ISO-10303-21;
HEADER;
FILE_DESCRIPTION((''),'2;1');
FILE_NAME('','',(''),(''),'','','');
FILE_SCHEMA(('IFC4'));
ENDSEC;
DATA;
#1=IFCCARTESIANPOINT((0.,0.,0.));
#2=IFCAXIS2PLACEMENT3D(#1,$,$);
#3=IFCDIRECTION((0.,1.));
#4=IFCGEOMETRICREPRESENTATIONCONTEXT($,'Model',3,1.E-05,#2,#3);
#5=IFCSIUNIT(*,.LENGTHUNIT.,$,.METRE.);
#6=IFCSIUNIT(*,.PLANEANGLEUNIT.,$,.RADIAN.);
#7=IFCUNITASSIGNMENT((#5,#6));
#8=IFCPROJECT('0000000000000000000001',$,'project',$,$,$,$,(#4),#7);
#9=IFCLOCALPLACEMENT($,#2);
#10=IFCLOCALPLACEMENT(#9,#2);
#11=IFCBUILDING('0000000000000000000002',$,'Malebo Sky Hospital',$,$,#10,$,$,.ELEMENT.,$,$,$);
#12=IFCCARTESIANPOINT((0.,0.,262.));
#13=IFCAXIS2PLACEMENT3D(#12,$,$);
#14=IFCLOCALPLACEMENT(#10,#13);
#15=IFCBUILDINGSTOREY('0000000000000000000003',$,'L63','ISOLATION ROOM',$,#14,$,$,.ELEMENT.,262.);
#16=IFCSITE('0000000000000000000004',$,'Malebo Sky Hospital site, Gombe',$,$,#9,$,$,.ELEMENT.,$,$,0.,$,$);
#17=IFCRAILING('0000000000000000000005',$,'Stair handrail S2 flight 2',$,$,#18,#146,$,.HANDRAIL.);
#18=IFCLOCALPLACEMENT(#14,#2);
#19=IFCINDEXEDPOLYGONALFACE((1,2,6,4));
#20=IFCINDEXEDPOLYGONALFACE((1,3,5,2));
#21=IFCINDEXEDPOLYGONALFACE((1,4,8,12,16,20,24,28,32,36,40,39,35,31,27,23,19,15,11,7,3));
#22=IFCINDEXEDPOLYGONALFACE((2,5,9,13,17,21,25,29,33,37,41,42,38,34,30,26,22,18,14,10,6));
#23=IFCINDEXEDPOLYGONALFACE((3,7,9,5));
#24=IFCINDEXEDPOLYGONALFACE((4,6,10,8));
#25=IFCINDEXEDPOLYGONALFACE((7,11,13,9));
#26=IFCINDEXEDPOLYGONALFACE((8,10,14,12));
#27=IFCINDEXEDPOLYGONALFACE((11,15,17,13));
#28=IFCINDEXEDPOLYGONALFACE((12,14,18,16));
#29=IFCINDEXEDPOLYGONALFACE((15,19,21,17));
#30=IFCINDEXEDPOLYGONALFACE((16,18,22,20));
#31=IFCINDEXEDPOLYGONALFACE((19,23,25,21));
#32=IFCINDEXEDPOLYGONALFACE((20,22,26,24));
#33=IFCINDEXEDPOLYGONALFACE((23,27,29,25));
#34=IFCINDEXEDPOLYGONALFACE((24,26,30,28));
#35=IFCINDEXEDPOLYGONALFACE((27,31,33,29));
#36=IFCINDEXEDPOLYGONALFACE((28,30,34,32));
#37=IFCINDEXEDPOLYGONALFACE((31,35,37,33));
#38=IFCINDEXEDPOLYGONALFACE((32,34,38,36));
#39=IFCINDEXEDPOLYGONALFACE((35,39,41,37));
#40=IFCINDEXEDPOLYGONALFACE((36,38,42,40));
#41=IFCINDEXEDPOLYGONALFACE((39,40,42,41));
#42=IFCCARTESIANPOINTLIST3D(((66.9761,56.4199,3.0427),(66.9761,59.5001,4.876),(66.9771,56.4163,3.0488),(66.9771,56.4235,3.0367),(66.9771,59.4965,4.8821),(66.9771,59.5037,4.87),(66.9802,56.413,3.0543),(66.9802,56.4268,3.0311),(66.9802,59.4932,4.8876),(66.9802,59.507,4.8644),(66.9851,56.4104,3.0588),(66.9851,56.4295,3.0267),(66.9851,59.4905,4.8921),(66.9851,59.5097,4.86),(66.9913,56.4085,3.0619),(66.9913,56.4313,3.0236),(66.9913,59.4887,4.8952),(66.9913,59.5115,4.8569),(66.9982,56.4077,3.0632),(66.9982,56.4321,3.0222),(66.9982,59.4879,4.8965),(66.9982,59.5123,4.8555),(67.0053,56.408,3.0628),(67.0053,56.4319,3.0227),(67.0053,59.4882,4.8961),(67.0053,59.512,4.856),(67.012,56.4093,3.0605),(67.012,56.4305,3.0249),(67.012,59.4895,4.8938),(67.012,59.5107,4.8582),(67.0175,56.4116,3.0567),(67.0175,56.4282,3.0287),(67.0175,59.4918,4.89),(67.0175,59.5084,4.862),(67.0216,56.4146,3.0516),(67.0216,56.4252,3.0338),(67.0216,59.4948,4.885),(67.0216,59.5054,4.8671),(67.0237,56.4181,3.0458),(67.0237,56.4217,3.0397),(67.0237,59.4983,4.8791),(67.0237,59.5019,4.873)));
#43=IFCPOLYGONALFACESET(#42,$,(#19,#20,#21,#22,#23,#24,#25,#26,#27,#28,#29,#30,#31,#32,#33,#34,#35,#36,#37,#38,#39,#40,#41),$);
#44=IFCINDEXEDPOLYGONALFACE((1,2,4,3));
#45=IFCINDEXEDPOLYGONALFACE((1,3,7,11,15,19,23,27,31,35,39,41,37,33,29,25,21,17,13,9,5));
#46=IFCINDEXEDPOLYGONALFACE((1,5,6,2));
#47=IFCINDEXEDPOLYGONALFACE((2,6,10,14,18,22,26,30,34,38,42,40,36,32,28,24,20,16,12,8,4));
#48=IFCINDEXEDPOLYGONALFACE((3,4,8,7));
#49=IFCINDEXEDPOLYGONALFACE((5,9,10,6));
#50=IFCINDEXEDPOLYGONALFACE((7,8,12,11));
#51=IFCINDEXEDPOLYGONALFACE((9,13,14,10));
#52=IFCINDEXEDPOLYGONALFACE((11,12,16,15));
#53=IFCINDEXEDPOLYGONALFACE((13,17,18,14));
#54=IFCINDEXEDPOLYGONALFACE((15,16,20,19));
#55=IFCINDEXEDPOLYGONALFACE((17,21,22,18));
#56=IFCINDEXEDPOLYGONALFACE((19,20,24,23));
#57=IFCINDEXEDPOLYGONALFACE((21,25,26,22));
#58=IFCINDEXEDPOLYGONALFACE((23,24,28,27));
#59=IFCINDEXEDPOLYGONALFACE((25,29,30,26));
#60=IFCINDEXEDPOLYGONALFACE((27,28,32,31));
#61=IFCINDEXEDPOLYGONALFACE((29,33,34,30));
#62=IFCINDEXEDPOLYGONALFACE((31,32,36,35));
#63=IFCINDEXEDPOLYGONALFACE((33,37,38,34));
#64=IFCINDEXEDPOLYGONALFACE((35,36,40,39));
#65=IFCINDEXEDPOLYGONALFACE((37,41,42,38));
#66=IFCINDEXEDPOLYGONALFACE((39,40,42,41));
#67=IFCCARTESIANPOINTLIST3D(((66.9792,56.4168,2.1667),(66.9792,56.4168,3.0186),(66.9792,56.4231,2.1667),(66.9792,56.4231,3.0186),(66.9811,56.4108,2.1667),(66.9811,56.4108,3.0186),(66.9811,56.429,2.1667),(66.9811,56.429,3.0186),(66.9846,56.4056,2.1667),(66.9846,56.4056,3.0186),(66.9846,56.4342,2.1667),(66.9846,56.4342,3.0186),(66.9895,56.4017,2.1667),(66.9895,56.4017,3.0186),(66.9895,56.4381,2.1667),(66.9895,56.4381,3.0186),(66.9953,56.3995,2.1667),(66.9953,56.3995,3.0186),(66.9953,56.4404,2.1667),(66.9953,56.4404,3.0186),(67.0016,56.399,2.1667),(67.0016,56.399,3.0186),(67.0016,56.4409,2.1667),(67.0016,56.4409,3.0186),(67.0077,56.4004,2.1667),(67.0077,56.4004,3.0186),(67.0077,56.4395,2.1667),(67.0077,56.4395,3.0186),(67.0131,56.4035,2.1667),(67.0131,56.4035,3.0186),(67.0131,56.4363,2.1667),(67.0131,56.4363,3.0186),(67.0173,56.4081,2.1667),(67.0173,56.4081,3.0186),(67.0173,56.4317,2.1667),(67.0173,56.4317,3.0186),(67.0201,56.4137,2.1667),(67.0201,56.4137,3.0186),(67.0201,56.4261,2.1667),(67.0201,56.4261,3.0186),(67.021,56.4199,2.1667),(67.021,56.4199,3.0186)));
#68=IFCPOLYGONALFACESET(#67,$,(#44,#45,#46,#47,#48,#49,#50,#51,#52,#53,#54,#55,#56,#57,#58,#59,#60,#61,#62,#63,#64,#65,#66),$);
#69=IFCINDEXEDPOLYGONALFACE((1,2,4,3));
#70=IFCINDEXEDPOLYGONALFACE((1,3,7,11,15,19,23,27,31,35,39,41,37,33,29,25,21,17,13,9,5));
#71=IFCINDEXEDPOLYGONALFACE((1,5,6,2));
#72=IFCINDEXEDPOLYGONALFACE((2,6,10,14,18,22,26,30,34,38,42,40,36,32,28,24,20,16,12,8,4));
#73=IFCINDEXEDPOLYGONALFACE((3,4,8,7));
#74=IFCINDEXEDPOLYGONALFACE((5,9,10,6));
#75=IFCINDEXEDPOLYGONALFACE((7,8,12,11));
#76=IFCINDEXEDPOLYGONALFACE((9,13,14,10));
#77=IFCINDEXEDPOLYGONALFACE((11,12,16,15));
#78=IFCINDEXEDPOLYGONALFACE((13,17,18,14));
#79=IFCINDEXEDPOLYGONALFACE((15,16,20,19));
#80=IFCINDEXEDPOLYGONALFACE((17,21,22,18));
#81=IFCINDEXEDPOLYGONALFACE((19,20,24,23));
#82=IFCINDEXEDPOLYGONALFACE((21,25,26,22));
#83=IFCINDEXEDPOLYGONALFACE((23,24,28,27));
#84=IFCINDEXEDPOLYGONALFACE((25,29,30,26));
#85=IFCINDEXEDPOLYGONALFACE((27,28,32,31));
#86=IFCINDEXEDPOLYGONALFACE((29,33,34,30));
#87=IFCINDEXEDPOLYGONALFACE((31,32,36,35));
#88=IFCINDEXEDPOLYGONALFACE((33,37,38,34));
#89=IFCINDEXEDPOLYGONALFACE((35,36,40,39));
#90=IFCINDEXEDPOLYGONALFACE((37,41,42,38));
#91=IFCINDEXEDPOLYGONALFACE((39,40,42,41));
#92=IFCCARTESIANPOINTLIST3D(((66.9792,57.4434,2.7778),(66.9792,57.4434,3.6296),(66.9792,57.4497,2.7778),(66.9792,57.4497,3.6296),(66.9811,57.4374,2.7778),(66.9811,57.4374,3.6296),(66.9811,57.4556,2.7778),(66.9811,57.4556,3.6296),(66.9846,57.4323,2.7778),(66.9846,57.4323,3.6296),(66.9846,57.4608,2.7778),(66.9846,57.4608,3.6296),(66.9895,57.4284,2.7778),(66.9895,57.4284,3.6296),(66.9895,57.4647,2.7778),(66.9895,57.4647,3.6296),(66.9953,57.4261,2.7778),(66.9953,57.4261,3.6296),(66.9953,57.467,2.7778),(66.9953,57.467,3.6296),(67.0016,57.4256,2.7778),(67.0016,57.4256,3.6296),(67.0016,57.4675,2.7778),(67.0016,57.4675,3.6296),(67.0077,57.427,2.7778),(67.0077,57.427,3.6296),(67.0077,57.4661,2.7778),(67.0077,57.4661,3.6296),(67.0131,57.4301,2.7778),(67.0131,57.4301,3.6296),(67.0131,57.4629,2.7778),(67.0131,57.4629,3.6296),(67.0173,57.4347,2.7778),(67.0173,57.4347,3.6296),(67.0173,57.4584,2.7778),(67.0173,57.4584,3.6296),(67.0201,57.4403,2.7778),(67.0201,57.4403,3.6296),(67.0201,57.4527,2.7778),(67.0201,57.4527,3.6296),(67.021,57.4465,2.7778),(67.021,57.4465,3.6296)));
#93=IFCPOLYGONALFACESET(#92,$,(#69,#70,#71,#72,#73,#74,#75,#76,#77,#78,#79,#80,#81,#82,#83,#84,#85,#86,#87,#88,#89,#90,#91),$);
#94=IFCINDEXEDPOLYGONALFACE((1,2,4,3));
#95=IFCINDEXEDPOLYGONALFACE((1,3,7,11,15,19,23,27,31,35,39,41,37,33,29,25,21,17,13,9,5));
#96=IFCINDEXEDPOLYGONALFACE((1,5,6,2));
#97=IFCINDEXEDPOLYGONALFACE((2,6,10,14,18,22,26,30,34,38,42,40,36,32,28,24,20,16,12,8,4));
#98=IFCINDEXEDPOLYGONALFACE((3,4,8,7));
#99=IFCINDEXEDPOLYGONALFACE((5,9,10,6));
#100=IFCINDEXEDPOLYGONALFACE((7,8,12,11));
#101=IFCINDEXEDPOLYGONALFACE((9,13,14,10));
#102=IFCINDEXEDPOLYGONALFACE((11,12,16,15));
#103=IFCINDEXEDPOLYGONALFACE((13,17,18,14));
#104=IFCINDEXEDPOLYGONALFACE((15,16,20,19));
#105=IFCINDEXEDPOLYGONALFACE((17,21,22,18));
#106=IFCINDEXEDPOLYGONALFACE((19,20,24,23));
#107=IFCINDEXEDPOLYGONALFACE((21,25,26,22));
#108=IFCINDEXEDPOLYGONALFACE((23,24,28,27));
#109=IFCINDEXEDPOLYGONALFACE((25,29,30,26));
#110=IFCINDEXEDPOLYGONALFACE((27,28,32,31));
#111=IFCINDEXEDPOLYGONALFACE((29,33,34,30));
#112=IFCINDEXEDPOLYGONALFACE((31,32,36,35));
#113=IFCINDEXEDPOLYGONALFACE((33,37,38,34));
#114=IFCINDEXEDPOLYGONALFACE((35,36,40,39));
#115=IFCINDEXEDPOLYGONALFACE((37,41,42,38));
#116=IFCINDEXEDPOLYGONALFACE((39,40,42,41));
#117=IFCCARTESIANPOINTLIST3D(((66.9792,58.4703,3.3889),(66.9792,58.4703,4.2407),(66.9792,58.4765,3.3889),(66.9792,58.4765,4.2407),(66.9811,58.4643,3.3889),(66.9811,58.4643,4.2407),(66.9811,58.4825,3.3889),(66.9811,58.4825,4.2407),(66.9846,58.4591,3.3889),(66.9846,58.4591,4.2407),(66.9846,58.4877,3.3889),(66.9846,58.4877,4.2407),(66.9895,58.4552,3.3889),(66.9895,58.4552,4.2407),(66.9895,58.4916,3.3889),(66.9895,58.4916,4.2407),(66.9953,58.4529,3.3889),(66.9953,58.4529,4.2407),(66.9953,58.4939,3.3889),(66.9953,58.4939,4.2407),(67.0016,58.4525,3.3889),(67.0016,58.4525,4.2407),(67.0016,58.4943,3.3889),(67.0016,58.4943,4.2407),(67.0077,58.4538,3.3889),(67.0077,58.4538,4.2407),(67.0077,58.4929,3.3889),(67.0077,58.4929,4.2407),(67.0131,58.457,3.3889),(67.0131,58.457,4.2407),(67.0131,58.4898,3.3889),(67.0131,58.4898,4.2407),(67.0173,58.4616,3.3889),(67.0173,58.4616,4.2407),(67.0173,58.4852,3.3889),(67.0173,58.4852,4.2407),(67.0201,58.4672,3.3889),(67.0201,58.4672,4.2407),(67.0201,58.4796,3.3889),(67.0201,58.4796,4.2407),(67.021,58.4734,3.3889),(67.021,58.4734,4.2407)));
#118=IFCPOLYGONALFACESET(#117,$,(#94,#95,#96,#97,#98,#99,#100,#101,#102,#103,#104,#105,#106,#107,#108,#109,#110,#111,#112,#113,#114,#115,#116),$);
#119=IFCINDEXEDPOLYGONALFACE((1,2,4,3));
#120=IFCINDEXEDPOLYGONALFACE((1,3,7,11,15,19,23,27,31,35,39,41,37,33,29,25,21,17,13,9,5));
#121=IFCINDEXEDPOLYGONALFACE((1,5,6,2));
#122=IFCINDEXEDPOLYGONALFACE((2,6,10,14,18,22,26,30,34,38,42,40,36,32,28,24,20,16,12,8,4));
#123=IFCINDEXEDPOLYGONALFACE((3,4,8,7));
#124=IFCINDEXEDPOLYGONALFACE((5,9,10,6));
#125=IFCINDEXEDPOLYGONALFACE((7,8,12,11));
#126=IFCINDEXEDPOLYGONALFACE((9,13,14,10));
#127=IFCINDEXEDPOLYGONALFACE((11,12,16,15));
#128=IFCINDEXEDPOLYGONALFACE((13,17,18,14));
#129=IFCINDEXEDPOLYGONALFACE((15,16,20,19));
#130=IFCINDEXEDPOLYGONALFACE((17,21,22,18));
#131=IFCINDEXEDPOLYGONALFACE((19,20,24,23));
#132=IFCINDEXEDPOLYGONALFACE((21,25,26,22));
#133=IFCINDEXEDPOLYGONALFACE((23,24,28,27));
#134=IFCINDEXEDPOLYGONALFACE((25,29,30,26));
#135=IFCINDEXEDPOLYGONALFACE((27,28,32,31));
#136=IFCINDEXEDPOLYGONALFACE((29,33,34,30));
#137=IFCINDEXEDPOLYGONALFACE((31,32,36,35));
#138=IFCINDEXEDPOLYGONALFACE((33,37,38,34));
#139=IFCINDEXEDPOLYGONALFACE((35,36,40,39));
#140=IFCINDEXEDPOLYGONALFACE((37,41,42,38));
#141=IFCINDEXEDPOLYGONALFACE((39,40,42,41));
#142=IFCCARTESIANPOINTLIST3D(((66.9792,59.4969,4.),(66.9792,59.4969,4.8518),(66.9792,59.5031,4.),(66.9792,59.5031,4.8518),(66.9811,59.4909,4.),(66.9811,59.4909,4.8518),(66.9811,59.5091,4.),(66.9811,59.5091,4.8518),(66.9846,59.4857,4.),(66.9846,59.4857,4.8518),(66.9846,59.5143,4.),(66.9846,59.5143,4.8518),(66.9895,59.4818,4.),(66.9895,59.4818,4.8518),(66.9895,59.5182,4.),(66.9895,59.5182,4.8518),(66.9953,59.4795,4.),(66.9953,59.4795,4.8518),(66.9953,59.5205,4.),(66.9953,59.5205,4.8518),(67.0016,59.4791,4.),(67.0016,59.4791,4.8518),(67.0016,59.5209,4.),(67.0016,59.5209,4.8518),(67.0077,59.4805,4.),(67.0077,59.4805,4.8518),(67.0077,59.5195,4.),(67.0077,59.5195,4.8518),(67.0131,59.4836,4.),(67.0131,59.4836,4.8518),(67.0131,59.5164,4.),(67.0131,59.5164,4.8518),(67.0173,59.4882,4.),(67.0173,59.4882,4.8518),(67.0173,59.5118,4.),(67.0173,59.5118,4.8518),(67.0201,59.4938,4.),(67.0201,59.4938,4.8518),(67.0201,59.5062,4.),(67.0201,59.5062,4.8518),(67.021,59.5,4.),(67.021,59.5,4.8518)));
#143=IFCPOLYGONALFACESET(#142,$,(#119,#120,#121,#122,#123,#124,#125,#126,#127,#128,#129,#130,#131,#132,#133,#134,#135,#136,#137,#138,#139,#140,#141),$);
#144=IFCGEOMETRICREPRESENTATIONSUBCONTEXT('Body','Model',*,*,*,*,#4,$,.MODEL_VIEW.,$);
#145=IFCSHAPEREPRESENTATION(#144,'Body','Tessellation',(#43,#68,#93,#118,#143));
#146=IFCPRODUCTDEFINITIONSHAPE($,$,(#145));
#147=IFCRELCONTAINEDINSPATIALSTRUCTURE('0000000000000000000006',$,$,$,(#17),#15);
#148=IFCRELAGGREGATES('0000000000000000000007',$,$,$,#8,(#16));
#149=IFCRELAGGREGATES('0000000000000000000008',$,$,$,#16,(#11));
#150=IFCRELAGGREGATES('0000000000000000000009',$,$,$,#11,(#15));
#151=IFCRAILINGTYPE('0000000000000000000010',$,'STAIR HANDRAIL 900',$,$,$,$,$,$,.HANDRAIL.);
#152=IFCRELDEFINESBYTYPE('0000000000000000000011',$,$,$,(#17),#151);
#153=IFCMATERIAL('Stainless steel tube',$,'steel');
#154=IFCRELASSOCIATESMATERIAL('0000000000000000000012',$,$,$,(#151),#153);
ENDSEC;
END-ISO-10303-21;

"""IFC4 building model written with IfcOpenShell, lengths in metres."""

from ifc_helpers import new_model, si_unit, direction, frame, origin, origin_2d, place, context, subcontext, project, spatial, circle, extrude, material, type_object, element, save


model = new_model("IFC4")

# Units and contexts
model_context = context("Model", 3, precision=1e-05, world=origin(), true_north=direction((0.0, 1.0)))
body_context = subcontext(model_context, "Body", "Model", "MODEL_VIEW")
ifc_project = project(units=[si_unit("LENGTHUNIT", "METRE"), si_unit("PLANEANGLEUNIT", "RADIAN")], contexts=[model_context])

# Site, building, storey
site_placement = place(None, origin())
site = spatial("IfcSite", under=ifc_project, at=site_placement, Name="Malebo Sky Hospital site, Gombe", CompositionType="ELEMENT", RefElevation=0.0)
building_placement = place(site_placement, origin())
building = spatial("IfcBuilding", under=site, at=building_placement, Name="Malebo Sky Hospital", CompositionType="ELEMENT")
storey_placement = place(building_placement, frame((0.0, 0.0, 262.0)))
storey = spatial("IfcBuildingStorey", under=building, at=storey_placement, Name="L63", Description="ISOLATION ROOM", CompositionType="ELEMENT", Elevation=262.0)

# Railing
ifc_material_1 = material(Name="Stainless steel tube", Category="steel")
railing_type = type_object("IfcRailingType", Name="STAIR HANDRAIL 900", PredefinedType="HANDRAIL", material=ifc_material_1)
railing_placement = place(storey_placement, frame((67.0, 56.4199, 2.1667)))
element("IfcRailing", 1, at=railing_placement, inside=storey, type_object=railing_type, Name="Stair handrail S2 flight 2", PredefinedType="HANDRAIL", context=body_context, shape_type="SweptSolid", body=[
    extrude(circle(Radius=0.0239, at=origin_2d()), frame((0.0, 0.0, 0.876), z_axis=(0.0, 0.859309, 0.511458), x_axis=(-1.0, 0.0, 0.0)), (0.0, 0.0, 1.0), 3.5845),
    extrude(circle(Radius=0.021, at=origin_2d()), origin(), (0.0, 0.0, 1.0), 0.8518),
    extrude(circle(Radius=0.021, at=origin_2d()), frame((0.0, 1.0266, 0.6111)), (0.0, 0.0, 1.0), 0.8518),
    extrude(circle(Radius=0.021, at=origin_2d()), frame((0.0, 2.0535, 1.2222)), (0.0, 0.0, 1.0), 0.8518),
    extrude(circle(Radius=0.021, at=origin_2d()), frame((0.0, 3.0801, 1.8333)), (0.0, 0.0, 1.0), 0.8518),
])

save(model, "model.ifc")
